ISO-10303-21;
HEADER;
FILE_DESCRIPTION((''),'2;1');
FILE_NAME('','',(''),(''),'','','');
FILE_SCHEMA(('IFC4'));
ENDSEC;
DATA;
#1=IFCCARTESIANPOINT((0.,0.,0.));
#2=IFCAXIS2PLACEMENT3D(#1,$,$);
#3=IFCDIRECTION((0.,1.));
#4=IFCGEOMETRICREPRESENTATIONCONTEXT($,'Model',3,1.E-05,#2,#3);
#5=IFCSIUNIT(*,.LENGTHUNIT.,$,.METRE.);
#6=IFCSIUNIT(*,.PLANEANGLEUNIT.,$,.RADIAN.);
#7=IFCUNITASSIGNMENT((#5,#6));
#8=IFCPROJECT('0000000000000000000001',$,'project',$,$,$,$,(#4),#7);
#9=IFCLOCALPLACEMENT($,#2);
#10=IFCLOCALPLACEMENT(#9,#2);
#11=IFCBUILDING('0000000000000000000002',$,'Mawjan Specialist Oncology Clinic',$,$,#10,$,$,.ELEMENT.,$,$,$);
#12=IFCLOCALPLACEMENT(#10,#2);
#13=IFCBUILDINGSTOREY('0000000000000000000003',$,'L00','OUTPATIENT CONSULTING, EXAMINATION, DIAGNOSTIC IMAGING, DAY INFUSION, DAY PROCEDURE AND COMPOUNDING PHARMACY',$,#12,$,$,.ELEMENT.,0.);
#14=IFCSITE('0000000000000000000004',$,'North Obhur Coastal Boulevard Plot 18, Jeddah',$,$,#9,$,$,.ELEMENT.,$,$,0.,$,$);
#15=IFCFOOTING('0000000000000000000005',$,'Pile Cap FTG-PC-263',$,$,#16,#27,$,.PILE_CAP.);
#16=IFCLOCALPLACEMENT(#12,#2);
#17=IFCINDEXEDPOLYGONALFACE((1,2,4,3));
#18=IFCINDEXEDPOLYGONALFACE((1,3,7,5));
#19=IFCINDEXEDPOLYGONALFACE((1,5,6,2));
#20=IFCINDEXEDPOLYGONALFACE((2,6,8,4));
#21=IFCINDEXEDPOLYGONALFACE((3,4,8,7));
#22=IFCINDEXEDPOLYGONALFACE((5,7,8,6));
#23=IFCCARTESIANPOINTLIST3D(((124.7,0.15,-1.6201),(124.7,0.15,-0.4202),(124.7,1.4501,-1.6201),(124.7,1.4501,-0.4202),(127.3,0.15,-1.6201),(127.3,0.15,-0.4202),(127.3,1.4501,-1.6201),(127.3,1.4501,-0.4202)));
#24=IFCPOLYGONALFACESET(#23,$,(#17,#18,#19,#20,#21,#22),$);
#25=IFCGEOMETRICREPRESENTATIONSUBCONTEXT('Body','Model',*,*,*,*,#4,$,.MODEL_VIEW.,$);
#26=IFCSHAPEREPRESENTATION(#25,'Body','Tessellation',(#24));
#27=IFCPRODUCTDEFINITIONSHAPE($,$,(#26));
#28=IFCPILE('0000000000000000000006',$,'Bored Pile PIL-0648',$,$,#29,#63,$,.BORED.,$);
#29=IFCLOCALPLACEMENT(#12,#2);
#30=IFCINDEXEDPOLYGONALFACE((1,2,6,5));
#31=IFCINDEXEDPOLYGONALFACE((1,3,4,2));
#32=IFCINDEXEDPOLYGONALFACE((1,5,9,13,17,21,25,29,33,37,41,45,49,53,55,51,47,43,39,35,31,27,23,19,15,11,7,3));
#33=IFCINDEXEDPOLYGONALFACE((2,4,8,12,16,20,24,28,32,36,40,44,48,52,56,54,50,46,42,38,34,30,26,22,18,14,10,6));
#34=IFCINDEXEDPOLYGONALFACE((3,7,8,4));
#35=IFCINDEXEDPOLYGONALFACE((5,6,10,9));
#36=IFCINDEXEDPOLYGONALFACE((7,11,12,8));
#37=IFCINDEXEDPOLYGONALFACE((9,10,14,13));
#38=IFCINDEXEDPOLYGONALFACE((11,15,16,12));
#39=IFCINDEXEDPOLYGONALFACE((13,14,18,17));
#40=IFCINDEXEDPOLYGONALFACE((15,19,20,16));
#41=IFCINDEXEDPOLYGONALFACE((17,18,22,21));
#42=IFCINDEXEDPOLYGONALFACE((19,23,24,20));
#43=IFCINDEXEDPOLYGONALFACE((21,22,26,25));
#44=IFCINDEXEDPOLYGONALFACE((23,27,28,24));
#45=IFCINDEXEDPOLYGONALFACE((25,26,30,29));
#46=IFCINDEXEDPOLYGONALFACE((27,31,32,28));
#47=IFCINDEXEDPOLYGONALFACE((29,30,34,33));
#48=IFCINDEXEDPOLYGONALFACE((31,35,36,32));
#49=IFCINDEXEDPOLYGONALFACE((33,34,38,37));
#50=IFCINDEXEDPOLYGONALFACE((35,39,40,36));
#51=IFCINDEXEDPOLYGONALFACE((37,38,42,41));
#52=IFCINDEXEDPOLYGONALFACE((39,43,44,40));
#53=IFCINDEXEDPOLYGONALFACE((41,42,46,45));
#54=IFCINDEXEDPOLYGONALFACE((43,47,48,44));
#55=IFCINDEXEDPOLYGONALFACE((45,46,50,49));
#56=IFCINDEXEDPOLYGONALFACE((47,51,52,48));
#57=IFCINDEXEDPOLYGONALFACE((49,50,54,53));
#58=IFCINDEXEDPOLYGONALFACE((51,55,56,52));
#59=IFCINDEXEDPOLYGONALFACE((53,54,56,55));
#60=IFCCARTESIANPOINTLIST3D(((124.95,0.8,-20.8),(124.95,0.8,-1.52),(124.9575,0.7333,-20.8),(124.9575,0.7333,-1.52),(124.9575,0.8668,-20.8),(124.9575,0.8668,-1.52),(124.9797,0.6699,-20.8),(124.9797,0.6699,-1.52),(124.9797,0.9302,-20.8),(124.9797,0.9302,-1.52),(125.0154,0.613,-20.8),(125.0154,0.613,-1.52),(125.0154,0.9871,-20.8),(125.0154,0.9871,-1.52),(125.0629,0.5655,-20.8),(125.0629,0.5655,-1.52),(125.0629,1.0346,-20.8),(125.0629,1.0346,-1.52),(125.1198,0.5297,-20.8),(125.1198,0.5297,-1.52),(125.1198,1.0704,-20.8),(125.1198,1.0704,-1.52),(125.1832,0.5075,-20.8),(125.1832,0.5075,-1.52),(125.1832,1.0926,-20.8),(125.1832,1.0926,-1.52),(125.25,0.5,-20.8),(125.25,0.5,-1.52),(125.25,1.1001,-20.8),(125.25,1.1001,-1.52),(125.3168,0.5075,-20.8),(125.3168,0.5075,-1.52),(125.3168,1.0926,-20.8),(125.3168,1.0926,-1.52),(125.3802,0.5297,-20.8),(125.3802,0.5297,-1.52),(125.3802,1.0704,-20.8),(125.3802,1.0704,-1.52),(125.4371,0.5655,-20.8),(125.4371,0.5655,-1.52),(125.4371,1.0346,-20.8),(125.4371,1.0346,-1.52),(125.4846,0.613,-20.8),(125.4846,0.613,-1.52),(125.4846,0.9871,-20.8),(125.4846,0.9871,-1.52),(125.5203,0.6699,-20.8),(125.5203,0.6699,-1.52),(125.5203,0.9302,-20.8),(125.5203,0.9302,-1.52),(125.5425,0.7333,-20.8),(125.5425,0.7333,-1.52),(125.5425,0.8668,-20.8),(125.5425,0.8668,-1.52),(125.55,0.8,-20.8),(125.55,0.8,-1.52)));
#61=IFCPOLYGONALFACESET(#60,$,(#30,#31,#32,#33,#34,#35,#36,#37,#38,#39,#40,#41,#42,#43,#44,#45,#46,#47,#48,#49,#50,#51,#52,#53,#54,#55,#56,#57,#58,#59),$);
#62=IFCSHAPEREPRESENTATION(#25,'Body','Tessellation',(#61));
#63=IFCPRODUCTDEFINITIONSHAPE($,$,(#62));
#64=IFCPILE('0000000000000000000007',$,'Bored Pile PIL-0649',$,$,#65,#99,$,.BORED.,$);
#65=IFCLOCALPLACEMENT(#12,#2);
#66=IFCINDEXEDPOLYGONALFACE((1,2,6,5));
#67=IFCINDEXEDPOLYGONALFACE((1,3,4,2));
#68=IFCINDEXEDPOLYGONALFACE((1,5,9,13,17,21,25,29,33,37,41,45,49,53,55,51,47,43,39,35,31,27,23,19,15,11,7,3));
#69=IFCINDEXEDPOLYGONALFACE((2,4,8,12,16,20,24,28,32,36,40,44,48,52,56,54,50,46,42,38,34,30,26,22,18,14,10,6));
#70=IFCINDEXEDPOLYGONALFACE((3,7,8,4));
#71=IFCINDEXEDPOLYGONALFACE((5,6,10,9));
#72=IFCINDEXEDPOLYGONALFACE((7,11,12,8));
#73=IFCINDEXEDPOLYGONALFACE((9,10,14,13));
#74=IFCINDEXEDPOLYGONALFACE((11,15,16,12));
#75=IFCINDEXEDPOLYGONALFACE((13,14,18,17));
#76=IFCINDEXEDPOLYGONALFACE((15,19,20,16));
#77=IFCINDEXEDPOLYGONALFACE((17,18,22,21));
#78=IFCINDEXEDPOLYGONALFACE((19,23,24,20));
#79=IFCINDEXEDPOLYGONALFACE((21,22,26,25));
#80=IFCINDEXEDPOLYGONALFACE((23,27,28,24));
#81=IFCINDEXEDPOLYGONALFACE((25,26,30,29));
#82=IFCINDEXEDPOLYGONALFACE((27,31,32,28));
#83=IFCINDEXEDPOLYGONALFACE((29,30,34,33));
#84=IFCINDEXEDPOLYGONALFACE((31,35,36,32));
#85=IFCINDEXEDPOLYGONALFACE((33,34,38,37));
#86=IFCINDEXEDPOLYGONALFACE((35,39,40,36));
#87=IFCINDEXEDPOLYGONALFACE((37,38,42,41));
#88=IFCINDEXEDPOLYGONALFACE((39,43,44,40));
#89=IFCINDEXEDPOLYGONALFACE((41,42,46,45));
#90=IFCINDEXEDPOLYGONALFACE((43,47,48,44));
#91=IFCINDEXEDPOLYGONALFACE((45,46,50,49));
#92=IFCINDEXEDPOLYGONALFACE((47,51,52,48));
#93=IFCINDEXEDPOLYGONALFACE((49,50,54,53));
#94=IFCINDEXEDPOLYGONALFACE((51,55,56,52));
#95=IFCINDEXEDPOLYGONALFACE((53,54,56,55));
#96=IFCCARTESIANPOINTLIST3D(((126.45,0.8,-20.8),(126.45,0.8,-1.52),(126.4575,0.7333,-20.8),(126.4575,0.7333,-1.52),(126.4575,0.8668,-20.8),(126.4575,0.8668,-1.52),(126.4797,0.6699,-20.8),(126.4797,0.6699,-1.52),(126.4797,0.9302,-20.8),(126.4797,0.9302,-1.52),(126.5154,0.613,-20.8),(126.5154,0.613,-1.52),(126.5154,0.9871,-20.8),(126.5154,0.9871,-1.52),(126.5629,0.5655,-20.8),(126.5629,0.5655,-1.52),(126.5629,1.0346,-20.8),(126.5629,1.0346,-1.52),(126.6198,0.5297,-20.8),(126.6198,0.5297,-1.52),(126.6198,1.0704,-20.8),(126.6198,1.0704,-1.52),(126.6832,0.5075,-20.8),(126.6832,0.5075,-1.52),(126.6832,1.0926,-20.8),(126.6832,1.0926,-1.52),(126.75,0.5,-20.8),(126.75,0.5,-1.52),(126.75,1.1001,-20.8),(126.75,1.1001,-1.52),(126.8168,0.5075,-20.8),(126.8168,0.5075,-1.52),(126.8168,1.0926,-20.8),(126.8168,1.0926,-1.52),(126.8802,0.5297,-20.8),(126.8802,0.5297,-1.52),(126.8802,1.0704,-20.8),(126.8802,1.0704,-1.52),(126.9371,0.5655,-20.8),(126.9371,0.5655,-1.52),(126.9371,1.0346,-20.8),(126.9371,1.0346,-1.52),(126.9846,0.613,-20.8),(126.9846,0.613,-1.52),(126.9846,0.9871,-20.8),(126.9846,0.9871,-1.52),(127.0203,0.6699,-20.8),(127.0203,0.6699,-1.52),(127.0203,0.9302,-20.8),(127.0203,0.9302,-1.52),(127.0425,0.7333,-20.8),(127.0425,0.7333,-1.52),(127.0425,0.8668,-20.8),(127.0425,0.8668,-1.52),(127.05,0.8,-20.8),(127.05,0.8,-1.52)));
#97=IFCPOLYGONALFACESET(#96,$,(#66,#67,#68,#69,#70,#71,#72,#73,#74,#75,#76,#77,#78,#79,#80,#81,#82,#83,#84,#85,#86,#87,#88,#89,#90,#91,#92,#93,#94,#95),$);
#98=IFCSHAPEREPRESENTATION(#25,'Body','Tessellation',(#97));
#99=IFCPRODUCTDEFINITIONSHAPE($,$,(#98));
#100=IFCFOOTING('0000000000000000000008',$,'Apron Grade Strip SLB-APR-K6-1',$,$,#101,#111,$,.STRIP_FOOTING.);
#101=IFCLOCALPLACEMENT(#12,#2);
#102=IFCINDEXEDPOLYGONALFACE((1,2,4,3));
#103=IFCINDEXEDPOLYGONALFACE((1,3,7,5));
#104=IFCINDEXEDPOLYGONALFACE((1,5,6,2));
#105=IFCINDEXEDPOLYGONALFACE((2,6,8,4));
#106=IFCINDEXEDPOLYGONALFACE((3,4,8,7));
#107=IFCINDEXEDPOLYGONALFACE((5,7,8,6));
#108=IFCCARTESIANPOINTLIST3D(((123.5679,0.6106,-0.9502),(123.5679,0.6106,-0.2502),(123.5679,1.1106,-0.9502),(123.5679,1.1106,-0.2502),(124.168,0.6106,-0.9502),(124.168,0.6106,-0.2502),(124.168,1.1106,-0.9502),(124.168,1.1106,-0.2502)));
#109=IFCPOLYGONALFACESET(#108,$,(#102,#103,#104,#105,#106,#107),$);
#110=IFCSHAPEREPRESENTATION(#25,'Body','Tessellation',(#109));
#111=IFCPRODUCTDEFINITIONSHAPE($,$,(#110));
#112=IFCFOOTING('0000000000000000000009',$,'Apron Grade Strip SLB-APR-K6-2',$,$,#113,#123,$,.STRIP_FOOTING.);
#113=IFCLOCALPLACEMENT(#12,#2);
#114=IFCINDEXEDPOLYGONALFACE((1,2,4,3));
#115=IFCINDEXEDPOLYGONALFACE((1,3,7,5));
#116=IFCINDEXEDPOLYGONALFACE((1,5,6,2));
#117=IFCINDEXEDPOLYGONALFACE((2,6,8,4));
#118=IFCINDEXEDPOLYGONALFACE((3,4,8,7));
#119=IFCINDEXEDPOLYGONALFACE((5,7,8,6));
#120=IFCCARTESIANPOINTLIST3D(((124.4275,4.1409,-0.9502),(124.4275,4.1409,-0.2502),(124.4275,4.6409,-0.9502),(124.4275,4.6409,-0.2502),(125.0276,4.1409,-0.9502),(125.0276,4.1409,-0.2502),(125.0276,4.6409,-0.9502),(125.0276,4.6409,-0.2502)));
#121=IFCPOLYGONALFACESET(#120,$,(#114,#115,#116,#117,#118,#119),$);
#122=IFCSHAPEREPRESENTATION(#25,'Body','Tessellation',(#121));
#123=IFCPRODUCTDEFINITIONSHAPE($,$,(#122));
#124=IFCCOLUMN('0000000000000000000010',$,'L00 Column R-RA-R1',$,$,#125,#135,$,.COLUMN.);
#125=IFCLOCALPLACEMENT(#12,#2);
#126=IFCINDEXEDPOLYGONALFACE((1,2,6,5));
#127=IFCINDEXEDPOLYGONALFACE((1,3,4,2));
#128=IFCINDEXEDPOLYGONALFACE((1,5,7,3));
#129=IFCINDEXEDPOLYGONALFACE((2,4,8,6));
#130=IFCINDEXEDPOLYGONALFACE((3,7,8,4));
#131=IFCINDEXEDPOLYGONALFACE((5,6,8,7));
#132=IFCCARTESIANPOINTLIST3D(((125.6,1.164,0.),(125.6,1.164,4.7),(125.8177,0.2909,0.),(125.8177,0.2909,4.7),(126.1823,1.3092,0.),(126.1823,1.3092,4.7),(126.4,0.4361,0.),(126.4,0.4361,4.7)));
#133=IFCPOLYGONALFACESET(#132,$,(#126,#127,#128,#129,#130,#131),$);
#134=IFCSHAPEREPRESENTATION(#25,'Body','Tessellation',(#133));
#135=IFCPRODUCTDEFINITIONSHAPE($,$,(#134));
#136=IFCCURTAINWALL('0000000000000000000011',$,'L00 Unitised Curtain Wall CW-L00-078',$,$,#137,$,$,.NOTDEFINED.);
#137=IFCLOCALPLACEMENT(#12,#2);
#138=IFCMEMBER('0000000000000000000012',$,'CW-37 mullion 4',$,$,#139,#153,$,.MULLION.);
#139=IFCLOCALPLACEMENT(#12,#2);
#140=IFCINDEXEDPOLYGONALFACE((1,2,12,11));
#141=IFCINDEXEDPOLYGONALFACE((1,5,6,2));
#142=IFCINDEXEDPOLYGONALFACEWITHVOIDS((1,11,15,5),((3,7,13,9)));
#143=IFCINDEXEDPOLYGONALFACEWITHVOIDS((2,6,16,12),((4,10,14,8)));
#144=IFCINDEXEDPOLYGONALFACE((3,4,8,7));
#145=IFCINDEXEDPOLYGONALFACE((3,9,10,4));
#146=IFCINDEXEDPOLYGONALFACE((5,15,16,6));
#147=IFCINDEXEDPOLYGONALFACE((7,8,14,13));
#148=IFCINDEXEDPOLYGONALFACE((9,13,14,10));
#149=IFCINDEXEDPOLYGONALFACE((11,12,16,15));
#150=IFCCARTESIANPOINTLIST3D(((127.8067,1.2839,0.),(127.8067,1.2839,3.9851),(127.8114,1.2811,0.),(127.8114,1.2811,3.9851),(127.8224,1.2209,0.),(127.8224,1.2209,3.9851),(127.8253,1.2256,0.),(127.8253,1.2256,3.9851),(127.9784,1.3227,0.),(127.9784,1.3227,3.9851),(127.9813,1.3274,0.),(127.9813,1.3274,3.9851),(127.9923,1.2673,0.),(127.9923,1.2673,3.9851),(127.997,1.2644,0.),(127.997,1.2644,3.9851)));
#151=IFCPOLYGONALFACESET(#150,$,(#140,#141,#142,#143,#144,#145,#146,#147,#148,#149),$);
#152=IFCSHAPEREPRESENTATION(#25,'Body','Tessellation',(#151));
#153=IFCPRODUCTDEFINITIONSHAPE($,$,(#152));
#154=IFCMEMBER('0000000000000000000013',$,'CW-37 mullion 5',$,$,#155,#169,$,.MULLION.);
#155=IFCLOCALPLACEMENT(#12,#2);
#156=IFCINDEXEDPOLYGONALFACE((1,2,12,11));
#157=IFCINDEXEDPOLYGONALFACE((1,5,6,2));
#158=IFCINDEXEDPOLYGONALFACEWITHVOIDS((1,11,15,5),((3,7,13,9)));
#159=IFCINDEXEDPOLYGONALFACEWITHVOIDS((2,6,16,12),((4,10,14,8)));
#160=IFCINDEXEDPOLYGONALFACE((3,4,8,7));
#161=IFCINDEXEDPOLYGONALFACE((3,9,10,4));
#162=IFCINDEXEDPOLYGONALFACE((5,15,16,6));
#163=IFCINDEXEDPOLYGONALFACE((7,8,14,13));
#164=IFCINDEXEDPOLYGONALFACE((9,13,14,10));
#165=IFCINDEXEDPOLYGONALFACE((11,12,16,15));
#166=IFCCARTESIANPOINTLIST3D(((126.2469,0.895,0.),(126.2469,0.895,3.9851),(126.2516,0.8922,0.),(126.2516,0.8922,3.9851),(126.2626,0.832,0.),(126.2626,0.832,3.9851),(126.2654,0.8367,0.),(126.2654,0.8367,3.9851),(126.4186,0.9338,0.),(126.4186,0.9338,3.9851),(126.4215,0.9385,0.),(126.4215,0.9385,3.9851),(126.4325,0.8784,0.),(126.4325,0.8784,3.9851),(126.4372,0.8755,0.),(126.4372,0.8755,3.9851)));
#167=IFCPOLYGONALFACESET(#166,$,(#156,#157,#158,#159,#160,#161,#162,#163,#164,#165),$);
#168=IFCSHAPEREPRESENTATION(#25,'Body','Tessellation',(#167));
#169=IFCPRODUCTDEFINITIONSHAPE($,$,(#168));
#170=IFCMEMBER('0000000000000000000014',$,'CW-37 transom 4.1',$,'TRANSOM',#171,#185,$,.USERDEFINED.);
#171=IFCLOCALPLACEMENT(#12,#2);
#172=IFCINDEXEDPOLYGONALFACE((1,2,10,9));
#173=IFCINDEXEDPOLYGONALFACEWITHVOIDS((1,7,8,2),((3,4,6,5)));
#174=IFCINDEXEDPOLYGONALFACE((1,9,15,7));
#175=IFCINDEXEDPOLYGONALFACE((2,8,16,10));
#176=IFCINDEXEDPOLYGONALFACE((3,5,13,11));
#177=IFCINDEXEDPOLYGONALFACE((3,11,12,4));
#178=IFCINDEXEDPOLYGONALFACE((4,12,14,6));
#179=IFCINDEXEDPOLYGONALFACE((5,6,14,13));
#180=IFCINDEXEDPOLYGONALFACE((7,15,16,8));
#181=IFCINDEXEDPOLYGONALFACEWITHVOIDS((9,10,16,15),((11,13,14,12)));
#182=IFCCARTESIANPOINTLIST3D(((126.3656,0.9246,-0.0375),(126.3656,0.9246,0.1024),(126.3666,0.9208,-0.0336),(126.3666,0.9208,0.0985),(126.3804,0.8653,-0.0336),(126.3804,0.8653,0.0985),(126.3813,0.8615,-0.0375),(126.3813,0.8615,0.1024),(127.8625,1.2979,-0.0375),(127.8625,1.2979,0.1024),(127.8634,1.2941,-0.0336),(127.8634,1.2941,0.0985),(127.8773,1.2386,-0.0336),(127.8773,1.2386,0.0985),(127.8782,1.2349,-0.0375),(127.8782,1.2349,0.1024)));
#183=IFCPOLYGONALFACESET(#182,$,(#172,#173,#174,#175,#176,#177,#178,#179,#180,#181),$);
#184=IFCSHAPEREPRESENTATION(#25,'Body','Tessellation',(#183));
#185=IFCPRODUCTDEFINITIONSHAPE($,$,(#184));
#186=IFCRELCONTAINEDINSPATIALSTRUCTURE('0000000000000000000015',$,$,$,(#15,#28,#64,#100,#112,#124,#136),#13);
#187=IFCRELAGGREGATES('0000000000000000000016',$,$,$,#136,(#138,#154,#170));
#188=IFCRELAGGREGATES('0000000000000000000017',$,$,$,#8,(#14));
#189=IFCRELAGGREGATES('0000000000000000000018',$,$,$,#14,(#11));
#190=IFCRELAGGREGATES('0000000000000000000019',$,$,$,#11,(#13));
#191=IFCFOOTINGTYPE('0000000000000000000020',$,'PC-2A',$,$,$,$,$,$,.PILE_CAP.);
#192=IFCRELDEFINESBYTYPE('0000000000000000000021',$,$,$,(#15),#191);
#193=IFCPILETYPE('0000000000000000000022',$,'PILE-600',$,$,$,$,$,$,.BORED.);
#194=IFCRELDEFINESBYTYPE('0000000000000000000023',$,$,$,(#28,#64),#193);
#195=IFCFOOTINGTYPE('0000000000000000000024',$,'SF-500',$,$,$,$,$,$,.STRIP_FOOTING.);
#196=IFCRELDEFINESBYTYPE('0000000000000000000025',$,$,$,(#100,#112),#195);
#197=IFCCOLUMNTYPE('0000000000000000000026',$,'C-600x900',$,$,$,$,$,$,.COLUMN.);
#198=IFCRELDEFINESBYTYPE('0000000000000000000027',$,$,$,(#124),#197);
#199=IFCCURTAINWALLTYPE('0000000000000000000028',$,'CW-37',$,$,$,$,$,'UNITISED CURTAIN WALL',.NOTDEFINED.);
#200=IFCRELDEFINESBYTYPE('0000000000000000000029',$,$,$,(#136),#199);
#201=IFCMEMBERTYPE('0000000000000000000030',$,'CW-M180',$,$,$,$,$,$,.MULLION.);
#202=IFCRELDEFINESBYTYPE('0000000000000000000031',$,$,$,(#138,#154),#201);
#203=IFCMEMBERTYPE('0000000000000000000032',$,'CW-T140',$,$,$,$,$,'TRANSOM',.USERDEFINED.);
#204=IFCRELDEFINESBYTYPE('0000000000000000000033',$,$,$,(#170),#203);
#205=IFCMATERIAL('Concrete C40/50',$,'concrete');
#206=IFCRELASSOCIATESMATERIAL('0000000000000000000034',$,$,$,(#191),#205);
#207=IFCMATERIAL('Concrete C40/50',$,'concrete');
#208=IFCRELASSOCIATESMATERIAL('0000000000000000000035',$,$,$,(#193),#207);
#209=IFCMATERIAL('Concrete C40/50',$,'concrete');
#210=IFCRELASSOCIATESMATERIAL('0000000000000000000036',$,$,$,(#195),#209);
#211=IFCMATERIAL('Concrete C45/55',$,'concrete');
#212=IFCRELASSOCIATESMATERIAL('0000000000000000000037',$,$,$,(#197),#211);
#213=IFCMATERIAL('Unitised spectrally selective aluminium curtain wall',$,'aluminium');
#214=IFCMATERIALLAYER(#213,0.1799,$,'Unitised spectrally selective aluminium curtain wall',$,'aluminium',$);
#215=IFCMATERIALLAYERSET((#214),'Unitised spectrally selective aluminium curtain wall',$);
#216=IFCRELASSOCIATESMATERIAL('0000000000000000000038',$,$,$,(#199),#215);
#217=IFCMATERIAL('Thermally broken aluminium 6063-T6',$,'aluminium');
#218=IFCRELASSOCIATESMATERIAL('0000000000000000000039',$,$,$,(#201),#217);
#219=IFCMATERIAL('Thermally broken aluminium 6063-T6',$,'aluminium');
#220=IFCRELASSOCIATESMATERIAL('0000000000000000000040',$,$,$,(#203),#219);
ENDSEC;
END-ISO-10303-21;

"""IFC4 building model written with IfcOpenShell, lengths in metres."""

from ifc_helpers import new_model, si_unit, direction, frame, origin, origin_2d, place, context, subcontext, project, spatial, rectangle, hollow_rectangle, circle, extrude, material, layer, layer_set, material_profile, profile_set, type_object, element, aggregate, save


model = new_model("IFC4")

# Units and contexts
model_context = context("Model", 3, precision=1e-05, world=origin(), true_north=direction((0.0, 1.0)))
body_context = subcontext(model_context, "Body", "Model", "MODEL_VIEW")
ifc_project = project(units=[si_unit("LENGTHUNIT", "METRE"), si_unit("PLANEANGLEUNIT", "RADIAN")], contexts=[model_context])

# Site, building, storey
site_placement = place(None, origin())
site = spatial("IfcSite", under=ifc_project, at=site_placement, Name="North Obhur Coastal Boulevard Plot 18, Jeddah", CompositionType="ELEMENT", RefElevation=0.0)
building_placement = place(site_placement, origin())
building = spatial("IfcBuilding", under=site, at=building_placement, Name="Mawjan Specialist Oncology Clinic", CompositionType="ELEMENT")
storey_placement = place(building_placement, origin())
storey = spatial("IfcBuildingStorey", under=building, at=storey_placement, Name="L00", Description="OUTPATIENT CONSULTING, EXAMINATION, DIAGNOSTIC IMAGING, DAY INFUSION, DAY PROCEDURE AND COMPOUNDING PHARMACY", CompositionType="ELEMENT", Elevation=0.0)

# Footing
ifc_material_1 = material(Name="Concrete C40/50", Category="concrete")
footing_type_1 = type_object("IfcFootingType", Name="PC-2A", PredefinedType="PILE_CAP", material=ifc_material_1)
footing_placement = place(storey_placement, frame((126.0, 0.8, -1.6201), z_axis=(0.0, 0.0, 1.0), x_axis=(1.0, 0.0, 0.0)))
element("IfcFooting", 1, at=footing_placement, inside=storey, type_object=footing_type_1, Name="Pile Cap FTG-PC-263", PredefinedType="PILE_CAP", context=body_context, shape_type="SweptSolid", body=[
    extrude(rectangle(XDim=2.6001, YDim=1.3, at=origin_2d()), origin(), (0.0, 0.0, 1.0), 1.2),
])

# Piles
ifc_material_2 = material(Name="Concrete C40/50", Category="concrete")
ifc_material_profile_1 = material_profile(ifc_material_2, circle(Radius=0.3, at=origin_2d()), Name="BORED PILE D600", Category="concrete")
ifc_profile_set_1 = profile_set([ifc_material_profile_1], Name="Concrete C40/50")
pile_type = type_object("IfcPileType", Name="PILE-600", PredefinedType="BORED", material=ifc_profile_set_1)
for number, where, z_axis, x_axis, name in (
    (2, (125.25, 0.8, -1.52), (0.0, 0.0, -1.0), (1.0, 0.0, 0.0), "Bored Pile PIL-0648"),
    (3, (126.75, 0.8, -1.52), (0.0, 0.0, -1.0), (1.0, 0.0, 0.0), "Bored Pile PIL-0649"),
):
    element("IfcPile", number, at=place(storey_placement, frame(where, z_axis=z_axis, x_axis=x_axis)), inside=storey, type_object=pile_type, Name=name, PredefinedType="BORED", context=body_context, shape_type="SweptSolid", body=[
        extrude(circle(Radius=0.3, at=origin_2d()), origin(), (0.0, 0.0, 1.0), 19.28),
    ])

# Footings
ifc_material_3 = material(Name="Concrete C40/50", Category="concrete")
footing_type_2 = type_object("IfcFootingType", Name="SF-500", PredefinedType="STRIP_FOOTING", material=ifc_material_3)
for number, where, z_axis, x_axis, name in (
    (4, (123.8679, 0.8606, -0.9502), (0.0, 0.0, 1.0), (1.0, 0.0, 0.0), "Apron Grade Strip SLB-APR-K6-1"),
    (5, (124.7275, 4.3909, -0.9502), (0.0, 0.0, 1.0), (1.0, 0.0, 0.0), "Apron Grade Strip SLB-APR-K6-2"),
):
    element("IfcFooting", number, at=place(storey_placement, frame(where, z_axis=z_axis, x_axis=x_axis)), inside=storey, type_object=footing_type_2, Name=name, PredefinedType="STRIP_FOOTING", context=body_context, shape_type="SweptSolid", body=[
        extrude(rectangle(XDim=0.6001, YDim=0.5, at=origin_2d()), origin(), (0.0, 0.0, 1.0), 0.7),
    ])

# Column
ifc_material_4 = material(Name="Concrete C45/55", Category="concrete")
ifc_material_profile_2 = material_profile(ifc_material_4, rectangle(XDim=0.6001, YDim=0.8999, at=origin_2d()), Name="RC COL 600x900", Category="concrete")
ifc_profile_set_2 = profile_set([ifc_material_profile_2], Name="Concrete C45/55")
column_type = type_object("IfcColumnType", Name="C-600x900", PredefinedType="COLUMN", material=ifc_profile_set_2)
column_placement = place(storey_placement, frame((126.0, 0.8, 0.0), z_axis=(0.0, 0.0, 1.0), x_axis=(0.970296, 0.241922, 0.0)))
element("IfcColumn", 6, at=column_placement, inside=storey, type_object=column_type, Name="L00 Column R-RA-R1", PredefinedType="COLUMN", context=body_context, shape_type="SweptSolid", body=[
    extrude(rectangle(XDim=0.6001, YDim=0.8999, at=origin_2d()), origin(), (0.0, 0.0, 1.0), 4.7),
])

# Curtain wall, members
ifc_material_5 = material(Name="Unitised spectrally selective aluminium curtain wall", Category="aluminium")
ifc_layer_1 = layer(ifc_material_5, 0.1799, Name="Unitised spectrally selective aluminium curtain wall", Category="aluminium")
ifc_layer_set_1 = layer_set([ifc_layer_1], Name="Unitised spectrally selective aluminium curtain wall")
curtain_wall_type = type_object("IfcCurtainWallType", Name="CW-37", ElementType="UNITISED CURTAIN WALL", PredefinedType="NOTDEFINED", material=ifc_layer_set_1)
curtain_wall_placement = place(storey_placement, origin())
curtain_wall = element("IfcCurtainWall", 7, at=curtain_wall_placement, inside=storey, type_object=curtain_wall_type, Name="L00 Unitised Curtain Wall CW-L00-078", PredefinedType="NOTDEFINED")
ifc_material_6 = material(Name="Thermally broken aluminium 6063-T6", Category="aluminium")
ifc_material_profile_3 = material_profile(ifc_material_6, hollow_rectangle(XDim=0.0649, YDim=0.1799, WallThickness=0.0039, at=origin_2d()), Name="ALU MULLION 180x65x4", Category="aluminium")
ifc_profile_set_3 = profile_set([ifc_material_profile_3], Name="Thermally broken aluminium 6063-T6")
member_type_1 = type_object("IfcMemberType", Name="CW-M180", PredefinedType="MULLION", material=ifc_profile_set_3)
member_1_placement = place(storey_placement, frame((127.9019, 1.2742, 0.0), z_axis=(0.0, 0.0, 1.0), x_axis=(0.241922, -0.970296, 0.0)))
member_1 = element("IfcMember", 8, at=member_1_placement, type_object=member_type_1, Name="CW-37 mullion 4", PredefinedType="MULLION", context=body_context, shape_type="SweptSolid", body=[
    extrude(hollow_rectangle(XDim=0.0649, YDim=0.1799, WallThickness=0.0039, at=origin_2d()), origin(), (0.0, 0.0, 1.0), 3.9851),
])
member_2_placement = place(storey_placement, frame((126.342, 0.8853, 0.0), z_axis=(0.0, 0.0, 1.0), x_axis=(0.241922, -0.970296, 0.0)))
member_2 = element("IfcMember", 9, at=member_2_placement, type_object=member_type_1, Name="CW-37 mullion 5", PredefinedType="MULLION", context=body_context, shape_type="SweptSolid", body=[
    extrude(hollow_rectangle(XDim=0.0649, YDim=0.1799, WallThickness=0.0039, at=origin_2d()), origin(), (0.0, 0.0, 1.0), 3.9851),
])
ifc_material_7 = material(Name="Thermally broken aluminium 6063-T6", Category="aluminium")
ifc_material_profile_4 = material_profile(ifc_material_7, hollow_rectangle(XDim=0.0649, YDim=0.1399, WallThickness=0.0039, at=origin_2d()), Name="ALU TRANSOM 140x65x4", Category="aluminium")
ifc_profile_set_4 = profile_set([ifc_material_profile_4], Name="Thermally broken aluminium 6063-T6")
member_type_2 = type_object("IfcMemberType", Name="CW-T140", ElementType="TRANSOM", PredefinedType="USERDEFINED", material=ifc_profile_set_4)
member_3_placement = place(storey_placement, frame((127.8704, 1.2664, 0.0325), z_axis=(-0.970282, -0.241977, 0.0), x_axis=(0.241977, -0.970282, 0.0)))
member_3 = element("IfcMember", 10, at=member_3_placement, type_object=member_type_2, Name="CW-37 transom 4.1", ObjectType="TRANSOM", PredefinedType="USERDEFINED", context=body_context, shape_type="SweptSolid", body=[
    extrude(hollow_rectangle(XDim=0.0649, YDim=0.1399, WallThickness=0.0039, at=origin_2d()), origin(), (0.0, 0.0, 1.0), 1.5427),
])
aggregate(curtain_wall, [member_1, member_2, member_3])

save(model, "model.ifc")
